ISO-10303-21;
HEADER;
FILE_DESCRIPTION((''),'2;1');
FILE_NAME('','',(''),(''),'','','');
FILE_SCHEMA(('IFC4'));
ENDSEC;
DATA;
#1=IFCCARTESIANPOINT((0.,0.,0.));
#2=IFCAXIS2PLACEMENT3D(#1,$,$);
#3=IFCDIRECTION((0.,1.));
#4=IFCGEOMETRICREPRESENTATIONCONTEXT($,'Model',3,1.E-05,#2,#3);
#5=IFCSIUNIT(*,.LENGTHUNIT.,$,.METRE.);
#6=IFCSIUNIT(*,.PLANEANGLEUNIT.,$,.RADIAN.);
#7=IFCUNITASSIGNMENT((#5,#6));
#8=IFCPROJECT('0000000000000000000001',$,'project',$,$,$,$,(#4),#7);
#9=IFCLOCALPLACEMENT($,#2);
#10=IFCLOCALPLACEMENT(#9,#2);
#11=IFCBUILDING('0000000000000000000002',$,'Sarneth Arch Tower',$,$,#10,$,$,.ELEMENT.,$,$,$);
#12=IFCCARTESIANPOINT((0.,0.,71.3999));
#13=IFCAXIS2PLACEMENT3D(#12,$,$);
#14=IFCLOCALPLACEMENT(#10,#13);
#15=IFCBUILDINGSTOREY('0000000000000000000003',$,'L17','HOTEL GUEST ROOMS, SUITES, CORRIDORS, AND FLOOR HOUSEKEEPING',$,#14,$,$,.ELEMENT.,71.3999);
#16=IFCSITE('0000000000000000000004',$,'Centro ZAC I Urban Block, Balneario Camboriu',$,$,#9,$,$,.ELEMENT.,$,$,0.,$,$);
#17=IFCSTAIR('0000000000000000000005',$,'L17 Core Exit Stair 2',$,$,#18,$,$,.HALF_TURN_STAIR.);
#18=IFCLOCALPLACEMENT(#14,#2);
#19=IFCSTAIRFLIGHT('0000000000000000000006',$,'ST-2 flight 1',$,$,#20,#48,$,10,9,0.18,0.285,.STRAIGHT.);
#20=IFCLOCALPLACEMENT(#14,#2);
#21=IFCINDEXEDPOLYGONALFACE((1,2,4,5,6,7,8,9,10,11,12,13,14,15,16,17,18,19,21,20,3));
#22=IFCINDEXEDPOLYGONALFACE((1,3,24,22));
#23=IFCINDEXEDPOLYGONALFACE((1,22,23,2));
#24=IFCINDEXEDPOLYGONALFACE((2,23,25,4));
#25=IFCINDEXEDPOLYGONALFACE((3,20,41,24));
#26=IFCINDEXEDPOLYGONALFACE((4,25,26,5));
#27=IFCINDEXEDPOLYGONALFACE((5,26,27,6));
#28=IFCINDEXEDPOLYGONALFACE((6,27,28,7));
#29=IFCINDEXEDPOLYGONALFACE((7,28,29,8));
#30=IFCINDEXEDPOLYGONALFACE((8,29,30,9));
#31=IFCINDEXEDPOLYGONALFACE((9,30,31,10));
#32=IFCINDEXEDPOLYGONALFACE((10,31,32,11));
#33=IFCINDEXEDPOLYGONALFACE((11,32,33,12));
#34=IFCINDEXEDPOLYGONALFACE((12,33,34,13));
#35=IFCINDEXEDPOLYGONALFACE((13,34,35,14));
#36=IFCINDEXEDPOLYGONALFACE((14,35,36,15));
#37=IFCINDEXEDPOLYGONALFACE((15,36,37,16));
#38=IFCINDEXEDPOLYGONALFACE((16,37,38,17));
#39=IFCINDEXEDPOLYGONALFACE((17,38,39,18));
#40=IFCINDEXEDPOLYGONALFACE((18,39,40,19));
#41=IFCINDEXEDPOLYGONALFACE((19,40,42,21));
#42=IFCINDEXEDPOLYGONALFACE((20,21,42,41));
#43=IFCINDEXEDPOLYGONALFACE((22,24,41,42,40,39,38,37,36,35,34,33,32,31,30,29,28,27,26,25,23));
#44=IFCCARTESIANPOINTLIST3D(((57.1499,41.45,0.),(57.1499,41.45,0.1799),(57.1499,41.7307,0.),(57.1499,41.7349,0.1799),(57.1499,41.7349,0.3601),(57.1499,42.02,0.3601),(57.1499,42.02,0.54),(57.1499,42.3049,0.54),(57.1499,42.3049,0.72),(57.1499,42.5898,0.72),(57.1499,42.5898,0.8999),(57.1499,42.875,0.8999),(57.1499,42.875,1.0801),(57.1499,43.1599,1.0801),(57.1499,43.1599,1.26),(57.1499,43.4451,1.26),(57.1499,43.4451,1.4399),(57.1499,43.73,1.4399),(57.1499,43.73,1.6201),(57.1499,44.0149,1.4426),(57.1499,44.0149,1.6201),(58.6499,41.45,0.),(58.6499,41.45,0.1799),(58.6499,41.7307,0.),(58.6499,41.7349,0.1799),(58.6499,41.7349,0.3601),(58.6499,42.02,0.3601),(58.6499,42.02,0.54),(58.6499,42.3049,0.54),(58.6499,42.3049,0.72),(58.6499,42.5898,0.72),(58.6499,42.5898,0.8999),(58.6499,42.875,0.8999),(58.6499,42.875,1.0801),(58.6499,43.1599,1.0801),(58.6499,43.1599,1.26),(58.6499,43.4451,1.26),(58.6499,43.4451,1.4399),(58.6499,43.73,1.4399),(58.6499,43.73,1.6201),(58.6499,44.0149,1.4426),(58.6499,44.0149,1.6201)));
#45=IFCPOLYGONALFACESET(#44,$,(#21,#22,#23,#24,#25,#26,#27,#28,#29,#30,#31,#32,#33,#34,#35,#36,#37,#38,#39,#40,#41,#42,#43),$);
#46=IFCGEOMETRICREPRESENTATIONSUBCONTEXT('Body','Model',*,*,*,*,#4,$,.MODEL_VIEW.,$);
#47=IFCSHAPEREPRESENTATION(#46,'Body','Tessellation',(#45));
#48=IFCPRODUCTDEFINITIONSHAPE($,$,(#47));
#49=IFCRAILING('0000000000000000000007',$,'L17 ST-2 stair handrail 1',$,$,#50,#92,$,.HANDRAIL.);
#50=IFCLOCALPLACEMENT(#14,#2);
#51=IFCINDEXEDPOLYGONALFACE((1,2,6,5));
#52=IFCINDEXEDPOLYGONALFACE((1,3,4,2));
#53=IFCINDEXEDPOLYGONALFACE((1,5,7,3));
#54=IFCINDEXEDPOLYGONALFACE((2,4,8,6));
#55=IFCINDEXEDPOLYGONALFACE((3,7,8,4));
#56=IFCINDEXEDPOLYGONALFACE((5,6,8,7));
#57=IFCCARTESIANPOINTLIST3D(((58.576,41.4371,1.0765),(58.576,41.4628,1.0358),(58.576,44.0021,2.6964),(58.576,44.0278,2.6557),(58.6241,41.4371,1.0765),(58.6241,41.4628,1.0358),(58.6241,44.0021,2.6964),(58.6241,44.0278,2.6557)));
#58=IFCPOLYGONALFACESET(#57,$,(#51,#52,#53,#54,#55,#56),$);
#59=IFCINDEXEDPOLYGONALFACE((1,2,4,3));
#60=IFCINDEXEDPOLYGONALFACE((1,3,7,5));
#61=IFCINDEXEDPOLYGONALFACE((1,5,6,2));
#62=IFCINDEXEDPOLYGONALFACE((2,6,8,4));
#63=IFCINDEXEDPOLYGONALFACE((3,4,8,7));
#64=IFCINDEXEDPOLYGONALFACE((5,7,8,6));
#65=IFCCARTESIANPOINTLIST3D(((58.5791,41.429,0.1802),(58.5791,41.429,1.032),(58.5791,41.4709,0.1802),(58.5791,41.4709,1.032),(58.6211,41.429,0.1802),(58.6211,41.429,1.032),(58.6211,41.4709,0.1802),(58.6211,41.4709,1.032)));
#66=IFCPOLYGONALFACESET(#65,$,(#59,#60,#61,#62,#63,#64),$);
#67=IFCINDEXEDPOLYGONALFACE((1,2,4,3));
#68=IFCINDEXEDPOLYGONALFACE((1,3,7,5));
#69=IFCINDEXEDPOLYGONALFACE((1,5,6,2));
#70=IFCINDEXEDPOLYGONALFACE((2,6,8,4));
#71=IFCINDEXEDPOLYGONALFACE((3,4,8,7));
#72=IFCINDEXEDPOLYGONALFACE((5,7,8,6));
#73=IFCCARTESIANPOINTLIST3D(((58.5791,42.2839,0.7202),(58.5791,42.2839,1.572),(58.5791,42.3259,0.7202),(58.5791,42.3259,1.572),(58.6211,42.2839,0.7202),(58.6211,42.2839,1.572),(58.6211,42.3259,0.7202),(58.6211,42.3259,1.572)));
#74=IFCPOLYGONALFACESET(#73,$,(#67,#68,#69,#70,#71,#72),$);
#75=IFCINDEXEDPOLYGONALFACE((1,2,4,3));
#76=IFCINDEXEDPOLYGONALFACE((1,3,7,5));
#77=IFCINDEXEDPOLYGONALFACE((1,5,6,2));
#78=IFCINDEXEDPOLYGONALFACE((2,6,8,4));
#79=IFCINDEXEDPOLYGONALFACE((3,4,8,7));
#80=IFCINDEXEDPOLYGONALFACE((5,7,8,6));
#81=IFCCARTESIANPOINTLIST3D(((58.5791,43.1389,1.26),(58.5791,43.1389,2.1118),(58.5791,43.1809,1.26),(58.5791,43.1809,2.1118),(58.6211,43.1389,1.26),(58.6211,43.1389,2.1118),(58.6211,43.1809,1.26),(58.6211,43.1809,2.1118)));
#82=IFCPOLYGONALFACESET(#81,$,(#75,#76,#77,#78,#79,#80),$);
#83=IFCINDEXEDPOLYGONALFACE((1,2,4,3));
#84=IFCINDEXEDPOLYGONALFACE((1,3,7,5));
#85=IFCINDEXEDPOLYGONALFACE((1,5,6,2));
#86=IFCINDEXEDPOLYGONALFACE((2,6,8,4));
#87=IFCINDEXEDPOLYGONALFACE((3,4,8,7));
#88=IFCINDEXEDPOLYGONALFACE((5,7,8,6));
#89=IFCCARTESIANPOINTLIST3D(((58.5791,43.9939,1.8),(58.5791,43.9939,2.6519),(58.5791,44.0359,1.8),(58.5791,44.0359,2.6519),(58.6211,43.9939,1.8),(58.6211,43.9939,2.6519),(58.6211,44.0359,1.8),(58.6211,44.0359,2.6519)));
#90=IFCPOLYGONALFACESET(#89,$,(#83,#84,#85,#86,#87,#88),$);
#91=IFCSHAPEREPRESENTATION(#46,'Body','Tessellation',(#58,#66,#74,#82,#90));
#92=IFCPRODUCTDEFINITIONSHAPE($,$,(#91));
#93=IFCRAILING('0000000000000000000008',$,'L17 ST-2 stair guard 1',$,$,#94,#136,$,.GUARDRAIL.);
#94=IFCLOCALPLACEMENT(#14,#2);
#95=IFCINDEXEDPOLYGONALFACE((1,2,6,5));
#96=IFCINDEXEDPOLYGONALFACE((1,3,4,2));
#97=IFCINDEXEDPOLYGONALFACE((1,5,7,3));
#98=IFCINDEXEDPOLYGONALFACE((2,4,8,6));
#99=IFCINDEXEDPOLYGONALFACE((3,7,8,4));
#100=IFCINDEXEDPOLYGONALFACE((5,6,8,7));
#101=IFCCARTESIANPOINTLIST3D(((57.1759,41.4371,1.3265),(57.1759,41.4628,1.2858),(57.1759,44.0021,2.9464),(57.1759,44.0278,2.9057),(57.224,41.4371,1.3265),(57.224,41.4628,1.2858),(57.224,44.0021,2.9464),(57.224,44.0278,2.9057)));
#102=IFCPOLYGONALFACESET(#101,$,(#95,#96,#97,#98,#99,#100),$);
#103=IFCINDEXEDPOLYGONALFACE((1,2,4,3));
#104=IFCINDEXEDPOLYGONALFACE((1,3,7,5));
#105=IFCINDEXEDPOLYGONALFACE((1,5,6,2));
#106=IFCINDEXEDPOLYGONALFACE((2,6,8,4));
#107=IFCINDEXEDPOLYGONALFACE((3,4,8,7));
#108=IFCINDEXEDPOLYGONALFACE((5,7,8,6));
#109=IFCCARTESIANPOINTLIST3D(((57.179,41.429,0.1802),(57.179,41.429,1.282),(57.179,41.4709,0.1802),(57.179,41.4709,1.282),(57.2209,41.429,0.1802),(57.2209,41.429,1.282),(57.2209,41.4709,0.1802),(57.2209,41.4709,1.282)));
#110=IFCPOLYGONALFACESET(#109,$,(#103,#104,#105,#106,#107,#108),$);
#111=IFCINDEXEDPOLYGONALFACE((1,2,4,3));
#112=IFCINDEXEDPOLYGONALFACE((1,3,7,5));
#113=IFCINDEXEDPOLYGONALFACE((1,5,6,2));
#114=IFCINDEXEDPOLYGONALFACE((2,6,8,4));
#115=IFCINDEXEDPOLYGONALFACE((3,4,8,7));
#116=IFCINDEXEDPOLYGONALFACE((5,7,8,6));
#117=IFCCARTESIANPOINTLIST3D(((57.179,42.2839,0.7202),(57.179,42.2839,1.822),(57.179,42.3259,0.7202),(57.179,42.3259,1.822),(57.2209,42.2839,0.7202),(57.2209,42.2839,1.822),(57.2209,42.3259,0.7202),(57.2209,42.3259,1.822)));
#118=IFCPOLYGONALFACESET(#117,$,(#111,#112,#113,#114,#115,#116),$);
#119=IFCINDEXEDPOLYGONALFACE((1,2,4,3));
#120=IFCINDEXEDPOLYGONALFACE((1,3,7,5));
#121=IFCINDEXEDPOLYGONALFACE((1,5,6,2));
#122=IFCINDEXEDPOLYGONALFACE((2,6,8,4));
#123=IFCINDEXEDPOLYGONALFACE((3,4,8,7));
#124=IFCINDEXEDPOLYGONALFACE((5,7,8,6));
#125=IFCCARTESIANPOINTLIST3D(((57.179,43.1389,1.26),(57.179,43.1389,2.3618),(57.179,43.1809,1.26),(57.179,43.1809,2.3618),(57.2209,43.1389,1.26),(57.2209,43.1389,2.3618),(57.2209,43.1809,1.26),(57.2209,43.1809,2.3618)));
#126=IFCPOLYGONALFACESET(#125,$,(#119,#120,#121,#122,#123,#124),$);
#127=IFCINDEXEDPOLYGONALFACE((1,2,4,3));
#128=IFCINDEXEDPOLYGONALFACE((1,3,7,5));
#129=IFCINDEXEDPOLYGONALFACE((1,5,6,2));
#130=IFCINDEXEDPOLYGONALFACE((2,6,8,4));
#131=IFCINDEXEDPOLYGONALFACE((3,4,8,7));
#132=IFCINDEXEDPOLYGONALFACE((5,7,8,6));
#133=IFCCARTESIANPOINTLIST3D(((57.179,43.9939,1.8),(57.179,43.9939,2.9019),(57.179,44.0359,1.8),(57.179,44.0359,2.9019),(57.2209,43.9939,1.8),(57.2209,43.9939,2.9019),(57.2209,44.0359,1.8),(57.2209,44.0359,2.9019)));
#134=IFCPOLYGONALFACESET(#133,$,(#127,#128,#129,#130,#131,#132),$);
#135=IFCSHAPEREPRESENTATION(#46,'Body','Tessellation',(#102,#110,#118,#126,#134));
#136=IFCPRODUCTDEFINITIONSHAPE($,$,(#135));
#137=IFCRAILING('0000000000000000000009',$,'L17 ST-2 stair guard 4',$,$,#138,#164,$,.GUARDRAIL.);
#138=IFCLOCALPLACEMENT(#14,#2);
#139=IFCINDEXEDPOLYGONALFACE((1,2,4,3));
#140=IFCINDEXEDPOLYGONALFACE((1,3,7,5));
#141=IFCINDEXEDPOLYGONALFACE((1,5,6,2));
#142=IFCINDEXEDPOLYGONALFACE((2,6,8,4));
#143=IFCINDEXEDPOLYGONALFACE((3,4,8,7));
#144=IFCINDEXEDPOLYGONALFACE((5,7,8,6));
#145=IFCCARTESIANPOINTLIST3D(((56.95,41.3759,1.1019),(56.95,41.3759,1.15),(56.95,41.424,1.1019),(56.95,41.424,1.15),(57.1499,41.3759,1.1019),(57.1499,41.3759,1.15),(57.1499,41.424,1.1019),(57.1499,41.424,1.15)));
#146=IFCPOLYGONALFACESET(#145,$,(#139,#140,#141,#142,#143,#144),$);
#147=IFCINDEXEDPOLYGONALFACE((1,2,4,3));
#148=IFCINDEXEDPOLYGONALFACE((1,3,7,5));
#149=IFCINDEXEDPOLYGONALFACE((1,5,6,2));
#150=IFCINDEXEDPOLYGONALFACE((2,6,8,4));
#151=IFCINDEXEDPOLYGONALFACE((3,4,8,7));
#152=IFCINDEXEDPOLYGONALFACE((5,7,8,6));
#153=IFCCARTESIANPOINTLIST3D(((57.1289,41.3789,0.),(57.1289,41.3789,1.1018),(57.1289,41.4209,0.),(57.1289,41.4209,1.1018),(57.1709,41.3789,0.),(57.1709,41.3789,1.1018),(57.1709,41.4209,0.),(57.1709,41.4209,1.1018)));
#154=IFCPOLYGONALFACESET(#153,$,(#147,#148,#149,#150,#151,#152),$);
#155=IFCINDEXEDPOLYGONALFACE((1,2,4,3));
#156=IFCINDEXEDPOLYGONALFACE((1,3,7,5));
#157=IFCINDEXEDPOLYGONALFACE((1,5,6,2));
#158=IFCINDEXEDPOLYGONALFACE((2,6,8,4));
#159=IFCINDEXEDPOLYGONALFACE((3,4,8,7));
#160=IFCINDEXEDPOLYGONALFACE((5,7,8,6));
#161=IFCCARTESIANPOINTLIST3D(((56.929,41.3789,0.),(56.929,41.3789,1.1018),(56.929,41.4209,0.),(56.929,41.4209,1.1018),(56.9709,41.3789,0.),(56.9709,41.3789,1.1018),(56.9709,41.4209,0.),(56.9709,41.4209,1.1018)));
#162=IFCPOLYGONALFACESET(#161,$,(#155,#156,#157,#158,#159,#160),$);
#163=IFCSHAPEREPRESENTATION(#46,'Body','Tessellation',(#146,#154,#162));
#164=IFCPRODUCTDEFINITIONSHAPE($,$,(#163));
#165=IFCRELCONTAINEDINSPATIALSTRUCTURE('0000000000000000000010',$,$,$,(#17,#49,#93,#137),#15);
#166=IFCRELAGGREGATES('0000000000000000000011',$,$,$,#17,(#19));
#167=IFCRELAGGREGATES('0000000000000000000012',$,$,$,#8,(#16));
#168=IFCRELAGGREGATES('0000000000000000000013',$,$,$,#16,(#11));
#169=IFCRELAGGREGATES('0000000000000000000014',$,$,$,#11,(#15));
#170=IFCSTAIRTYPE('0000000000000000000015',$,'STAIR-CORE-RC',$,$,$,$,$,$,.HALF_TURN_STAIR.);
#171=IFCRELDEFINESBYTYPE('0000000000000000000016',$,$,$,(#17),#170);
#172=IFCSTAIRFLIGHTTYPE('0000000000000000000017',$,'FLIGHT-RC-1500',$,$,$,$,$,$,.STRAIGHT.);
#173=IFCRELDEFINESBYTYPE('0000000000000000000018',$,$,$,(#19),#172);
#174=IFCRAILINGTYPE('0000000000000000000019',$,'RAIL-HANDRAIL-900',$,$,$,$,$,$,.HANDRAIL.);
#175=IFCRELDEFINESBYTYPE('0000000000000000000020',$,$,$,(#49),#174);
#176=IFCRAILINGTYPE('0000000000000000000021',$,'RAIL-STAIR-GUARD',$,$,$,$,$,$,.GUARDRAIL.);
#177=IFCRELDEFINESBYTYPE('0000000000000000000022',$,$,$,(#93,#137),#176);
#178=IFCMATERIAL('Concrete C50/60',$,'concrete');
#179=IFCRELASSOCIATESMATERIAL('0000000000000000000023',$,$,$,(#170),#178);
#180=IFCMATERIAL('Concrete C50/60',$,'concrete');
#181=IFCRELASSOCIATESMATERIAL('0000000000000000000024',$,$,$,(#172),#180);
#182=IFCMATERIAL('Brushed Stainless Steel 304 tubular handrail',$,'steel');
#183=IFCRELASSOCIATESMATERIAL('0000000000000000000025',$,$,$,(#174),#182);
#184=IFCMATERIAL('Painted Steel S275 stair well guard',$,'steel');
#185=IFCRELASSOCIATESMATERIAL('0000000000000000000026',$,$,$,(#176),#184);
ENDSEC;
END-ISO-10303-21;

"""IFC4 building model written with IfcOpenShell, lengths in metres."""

from ifc_helpers import new_model, si_unit, direction, frame, origin, origin_2d, place, context, subcontext, project, spatial, polyline, rectangle, outline, extrude, material, type_object, element, aggregate, save


model = new_model("IFC4")

# Units and contexts
model_context = context("Model", 3, precision=1e-05, world=origin(), true_north=direction((0.0, 1.0)))
body_context = subcontext(model_context, "Body", "Model", "MODEL_VIEW")
ifc_project = project(units=[si_unit("LENGTHUNIT", "METRE"), si_unit("PLANEANGLEUNIT", "RADIAN")], contexts=[model_context])

# Site, building, storey
site_placement = place(None, origin())
site = spatial("IfcSite", under=ifc_project, at=site_placement, Name="Centro ZAC I Urban Block, Balneario Camboriu", CompositionType="ELEMENT", RefElevation=0.0)
building_placement = place(site_placement, origin())
building = spatial("IfcBuilding", under=site, at=building_placement, Name="Sarneth Arch Tower", CompositionType="ELEMENT")
storey_placement = place(building_placement, frame((0.0, 0.0, 71.3999)))
storey = spatial("IfcBuildingStorey", under=building, at=storey_placement, Name="L17", Description="HOTEL GUEST ROOMS, SUITES, CORRIDORS, AND FLOOR HOUSEKEEPING", CompositionType="ELEMENT", Elevation=71.3999)

# Stair, stair flight
ifc_material_1 = material(Name="Concrete C50/60", Category="concrete")
stair_type = type_object("IfcStairType", Name="STAIR-CORE-RC", PredefinedType="HALF_TURN_STAIR", material=ifc_material_1)
stair_placement = place(storey_placement, origin())
stair = element("IfcStair", 1, at=stair_placement, inside=storey, type_object=stair_type, Name="L17 Core Exit Stair 2", PredefinedType="HALF_TURN_STAIR")
ifc_material_2 = material(Name="Concrete C50/60", Category="concrete")
stair_flight_type = type_object("IfcStairFlightType", Name="FLIGHT-RC-1500", PredefinedType="STRAIGHT", material=ifc_material_2)
stair_flight_placement = place(storey_placement, frame((57.8999, 41.45, 0.0), z_axis=(0.0, 0.0, 1.0), x_axis=(0.0, 1.0, 0.0)))
stair_flight = element("IfcStairFlight", 2, at=stair_flight_placement, type_object=stair_flight_type, Name="ST-2 flight 1", NumberOfRisers=10, NumberOfTreads=9, PredefinedType="STRAIGHT", RiserHeight=0.18, TreadLength=0.285, context=body_context, shape_type="SweptSolid", body=[
    extrude(outline(polyline([(0.0, 0.0), (0.0, 0.1799), (0.2849, 0.1799), (0.2849, 0.3601), (0.5701, 0.3601), (0.5701, 0.54), (0.855, 0.54), (0.855, 0.72), (1.1399, 0.72), (1.1399, 0.8999), (1.425, 0.8999), (1.425, 1.0801), (1.71, 1.0801), (1.71, 1.26), (1.9951, 1.26), (1.9951, 1.4399), (2.28, 1.4399), (2.28, 1.6201), (2.5649, 1.6201), (2.5649, 1.8), (2.5649, 1.4426), (0.2808, 0.0), (0.0, 0.0)])), frame((0.0, 0.75, 0.0), z_axis=(0.0, -1.0, 0.0), x_axis=(1.0, 0.0, 0.0)), (0.0, 0.0, 1.0), 1.5),
])
aggregate(stair, [stair_flight])

# Railings
ifc_material_3 = material(Name="Brushed Stainless Steel 304 tubular handrail", Category="steel")
railing_type_1 = type_object("IfcRailingType", Name="RAIL-HANDRAIL-900", PredefinedType="HANDRAIL", material=ifc_material_3)
railing_1_placement = place(storey_placement, frame((58.6001, 41.45, 0.1802)))
element("IfcRailing", 3, at=railing_1_placement, inside=storey, type_object=railing_type_1, Name="L17 ST-2 stair handrail 1", PredefinedType="HANDRAIL", context=body_context, shape_type="SweptSolid", body=[
    extrude(rectangle(XDim=0.0481, YDim=0.0481, at=origin_2d()), frame((0.0, 0.0, 0.876), z_axis=(0.0, 0.845502, 0.533972), x_axis=(-1.0, 0.0, 0.0)), (0.0, 0.0, 1.0), 3.0337),
    extrude(rectangle(XDim=0.042, YDim=0.042, at=origin_2d()), origin(), (0.0, 0.0, 1.0), 0.8518),
    extrude(rectangle(XDim=0.042, YDim=0.042, at=origin_2d()), frame((0.0, 0.855, 0.54)), (0.0, 0.0, 1.0), 0.8518),
    extrude(rectangle(XDim=0.042, YDim=0.042, at=origin_2d()), frame((0.0, 1.71, 1.0798)), (0.0, 0.0, 1.0), 0.8518),
    extrude(rectangle(XDim=0.042, YDim=0.042, at=origin_2d()), frame((0.0, 2.5649, 1.6199)), (0.0, 0.0, 1.0), 0.8518),
])
ifc_material_4 = material(Name="Painted Steel S275 stair well guard", Category="steel")
railing_type_2 = type_object("IfcRailingType", Name="RAIL-STAIR-GUARD", PredefinedType="GUARDRAIL", material=ifc_material_4)
railing_2_placement = place(storey_placement, frame((57.2, 41.45, 0.1802)))
element("IfcRailing", 4, at=railing_2_placement, inside=storey, type_object=railing_type_2, Name="L17 ST-2 stair guard 1", PredefinedType="GUARDRAIL", context=body_context, shape_type="SweptSolid", body=[
    extrude(rectangle(XDim=0.0481, YDim=0.0481, at=origin_2d()), frame((0.0, 0.0, 1.126), z_axis=(0.0, 0.845502, 0.533972), x_axis=(-1.0, 0.0, 0.0)), (0.0, 0.0, 1.0), 3.0337),
    extrude(rectangle(XDim=0.042, YDim=0.042, at=origin_2d()), origin(), (0.0, 0.0, 1.0), 1.1018),
    extrude(rectangle(XDim=0.042, YDim=0.042, at=origin_2d()), frame((0.0, 0.855, 0.54)), (0.0, 0.0, 1.0), 1.1018),
    extrude(rectangle(XDim=0.042, YDim=0.042, at=origin_2d()), frame((0.0, 1.71, 1.0798)), (0.0, 0.0, 1.0), 1.1018),
    extrude(rectangle(XDim=0.042, YDim=0.042, at=origin_2d()), frame((0.0, 2.5649, 1.6199)), (0.0, 0.0, 1.0), 1.1018),
])
railing_3_placement = place(storey_placement, frame((57.1499, 41.3999, 0.0)))
element("IfcRailing", 5, at=railing_3_placement, inside=storey, type_object=railing_type_2, Name="L17 ST-2 stair guard 4", PredefinedType="GUARDRAIL", context=body_context, shape_type="SweptSolid", body=[
    extrude(rectangle(XDim=0.0481, YDim=0.0481, at=origin_2d()), frame((0.0, 0.0, 1.126), z_axis=(-1.0, 0.0, 0.0), x_axis=(0.0, -1.0, 0.0)), (0.0, 0.0, 1.0), 0.2),
    extrude(rectangle(XDim=0.042, YDim=0.042, at=origin_2d()), origin(), (0.0, 0.0, 1.0), 1.1018),
    extrude(rectangle(XDim=0.042, YDim=0.042, at=origin_2d()), frame((-0.2, 0.0, 0.0)), (0.0, 0.0, 1.0), 1.1018),
])

save(model, "model.ifc")
